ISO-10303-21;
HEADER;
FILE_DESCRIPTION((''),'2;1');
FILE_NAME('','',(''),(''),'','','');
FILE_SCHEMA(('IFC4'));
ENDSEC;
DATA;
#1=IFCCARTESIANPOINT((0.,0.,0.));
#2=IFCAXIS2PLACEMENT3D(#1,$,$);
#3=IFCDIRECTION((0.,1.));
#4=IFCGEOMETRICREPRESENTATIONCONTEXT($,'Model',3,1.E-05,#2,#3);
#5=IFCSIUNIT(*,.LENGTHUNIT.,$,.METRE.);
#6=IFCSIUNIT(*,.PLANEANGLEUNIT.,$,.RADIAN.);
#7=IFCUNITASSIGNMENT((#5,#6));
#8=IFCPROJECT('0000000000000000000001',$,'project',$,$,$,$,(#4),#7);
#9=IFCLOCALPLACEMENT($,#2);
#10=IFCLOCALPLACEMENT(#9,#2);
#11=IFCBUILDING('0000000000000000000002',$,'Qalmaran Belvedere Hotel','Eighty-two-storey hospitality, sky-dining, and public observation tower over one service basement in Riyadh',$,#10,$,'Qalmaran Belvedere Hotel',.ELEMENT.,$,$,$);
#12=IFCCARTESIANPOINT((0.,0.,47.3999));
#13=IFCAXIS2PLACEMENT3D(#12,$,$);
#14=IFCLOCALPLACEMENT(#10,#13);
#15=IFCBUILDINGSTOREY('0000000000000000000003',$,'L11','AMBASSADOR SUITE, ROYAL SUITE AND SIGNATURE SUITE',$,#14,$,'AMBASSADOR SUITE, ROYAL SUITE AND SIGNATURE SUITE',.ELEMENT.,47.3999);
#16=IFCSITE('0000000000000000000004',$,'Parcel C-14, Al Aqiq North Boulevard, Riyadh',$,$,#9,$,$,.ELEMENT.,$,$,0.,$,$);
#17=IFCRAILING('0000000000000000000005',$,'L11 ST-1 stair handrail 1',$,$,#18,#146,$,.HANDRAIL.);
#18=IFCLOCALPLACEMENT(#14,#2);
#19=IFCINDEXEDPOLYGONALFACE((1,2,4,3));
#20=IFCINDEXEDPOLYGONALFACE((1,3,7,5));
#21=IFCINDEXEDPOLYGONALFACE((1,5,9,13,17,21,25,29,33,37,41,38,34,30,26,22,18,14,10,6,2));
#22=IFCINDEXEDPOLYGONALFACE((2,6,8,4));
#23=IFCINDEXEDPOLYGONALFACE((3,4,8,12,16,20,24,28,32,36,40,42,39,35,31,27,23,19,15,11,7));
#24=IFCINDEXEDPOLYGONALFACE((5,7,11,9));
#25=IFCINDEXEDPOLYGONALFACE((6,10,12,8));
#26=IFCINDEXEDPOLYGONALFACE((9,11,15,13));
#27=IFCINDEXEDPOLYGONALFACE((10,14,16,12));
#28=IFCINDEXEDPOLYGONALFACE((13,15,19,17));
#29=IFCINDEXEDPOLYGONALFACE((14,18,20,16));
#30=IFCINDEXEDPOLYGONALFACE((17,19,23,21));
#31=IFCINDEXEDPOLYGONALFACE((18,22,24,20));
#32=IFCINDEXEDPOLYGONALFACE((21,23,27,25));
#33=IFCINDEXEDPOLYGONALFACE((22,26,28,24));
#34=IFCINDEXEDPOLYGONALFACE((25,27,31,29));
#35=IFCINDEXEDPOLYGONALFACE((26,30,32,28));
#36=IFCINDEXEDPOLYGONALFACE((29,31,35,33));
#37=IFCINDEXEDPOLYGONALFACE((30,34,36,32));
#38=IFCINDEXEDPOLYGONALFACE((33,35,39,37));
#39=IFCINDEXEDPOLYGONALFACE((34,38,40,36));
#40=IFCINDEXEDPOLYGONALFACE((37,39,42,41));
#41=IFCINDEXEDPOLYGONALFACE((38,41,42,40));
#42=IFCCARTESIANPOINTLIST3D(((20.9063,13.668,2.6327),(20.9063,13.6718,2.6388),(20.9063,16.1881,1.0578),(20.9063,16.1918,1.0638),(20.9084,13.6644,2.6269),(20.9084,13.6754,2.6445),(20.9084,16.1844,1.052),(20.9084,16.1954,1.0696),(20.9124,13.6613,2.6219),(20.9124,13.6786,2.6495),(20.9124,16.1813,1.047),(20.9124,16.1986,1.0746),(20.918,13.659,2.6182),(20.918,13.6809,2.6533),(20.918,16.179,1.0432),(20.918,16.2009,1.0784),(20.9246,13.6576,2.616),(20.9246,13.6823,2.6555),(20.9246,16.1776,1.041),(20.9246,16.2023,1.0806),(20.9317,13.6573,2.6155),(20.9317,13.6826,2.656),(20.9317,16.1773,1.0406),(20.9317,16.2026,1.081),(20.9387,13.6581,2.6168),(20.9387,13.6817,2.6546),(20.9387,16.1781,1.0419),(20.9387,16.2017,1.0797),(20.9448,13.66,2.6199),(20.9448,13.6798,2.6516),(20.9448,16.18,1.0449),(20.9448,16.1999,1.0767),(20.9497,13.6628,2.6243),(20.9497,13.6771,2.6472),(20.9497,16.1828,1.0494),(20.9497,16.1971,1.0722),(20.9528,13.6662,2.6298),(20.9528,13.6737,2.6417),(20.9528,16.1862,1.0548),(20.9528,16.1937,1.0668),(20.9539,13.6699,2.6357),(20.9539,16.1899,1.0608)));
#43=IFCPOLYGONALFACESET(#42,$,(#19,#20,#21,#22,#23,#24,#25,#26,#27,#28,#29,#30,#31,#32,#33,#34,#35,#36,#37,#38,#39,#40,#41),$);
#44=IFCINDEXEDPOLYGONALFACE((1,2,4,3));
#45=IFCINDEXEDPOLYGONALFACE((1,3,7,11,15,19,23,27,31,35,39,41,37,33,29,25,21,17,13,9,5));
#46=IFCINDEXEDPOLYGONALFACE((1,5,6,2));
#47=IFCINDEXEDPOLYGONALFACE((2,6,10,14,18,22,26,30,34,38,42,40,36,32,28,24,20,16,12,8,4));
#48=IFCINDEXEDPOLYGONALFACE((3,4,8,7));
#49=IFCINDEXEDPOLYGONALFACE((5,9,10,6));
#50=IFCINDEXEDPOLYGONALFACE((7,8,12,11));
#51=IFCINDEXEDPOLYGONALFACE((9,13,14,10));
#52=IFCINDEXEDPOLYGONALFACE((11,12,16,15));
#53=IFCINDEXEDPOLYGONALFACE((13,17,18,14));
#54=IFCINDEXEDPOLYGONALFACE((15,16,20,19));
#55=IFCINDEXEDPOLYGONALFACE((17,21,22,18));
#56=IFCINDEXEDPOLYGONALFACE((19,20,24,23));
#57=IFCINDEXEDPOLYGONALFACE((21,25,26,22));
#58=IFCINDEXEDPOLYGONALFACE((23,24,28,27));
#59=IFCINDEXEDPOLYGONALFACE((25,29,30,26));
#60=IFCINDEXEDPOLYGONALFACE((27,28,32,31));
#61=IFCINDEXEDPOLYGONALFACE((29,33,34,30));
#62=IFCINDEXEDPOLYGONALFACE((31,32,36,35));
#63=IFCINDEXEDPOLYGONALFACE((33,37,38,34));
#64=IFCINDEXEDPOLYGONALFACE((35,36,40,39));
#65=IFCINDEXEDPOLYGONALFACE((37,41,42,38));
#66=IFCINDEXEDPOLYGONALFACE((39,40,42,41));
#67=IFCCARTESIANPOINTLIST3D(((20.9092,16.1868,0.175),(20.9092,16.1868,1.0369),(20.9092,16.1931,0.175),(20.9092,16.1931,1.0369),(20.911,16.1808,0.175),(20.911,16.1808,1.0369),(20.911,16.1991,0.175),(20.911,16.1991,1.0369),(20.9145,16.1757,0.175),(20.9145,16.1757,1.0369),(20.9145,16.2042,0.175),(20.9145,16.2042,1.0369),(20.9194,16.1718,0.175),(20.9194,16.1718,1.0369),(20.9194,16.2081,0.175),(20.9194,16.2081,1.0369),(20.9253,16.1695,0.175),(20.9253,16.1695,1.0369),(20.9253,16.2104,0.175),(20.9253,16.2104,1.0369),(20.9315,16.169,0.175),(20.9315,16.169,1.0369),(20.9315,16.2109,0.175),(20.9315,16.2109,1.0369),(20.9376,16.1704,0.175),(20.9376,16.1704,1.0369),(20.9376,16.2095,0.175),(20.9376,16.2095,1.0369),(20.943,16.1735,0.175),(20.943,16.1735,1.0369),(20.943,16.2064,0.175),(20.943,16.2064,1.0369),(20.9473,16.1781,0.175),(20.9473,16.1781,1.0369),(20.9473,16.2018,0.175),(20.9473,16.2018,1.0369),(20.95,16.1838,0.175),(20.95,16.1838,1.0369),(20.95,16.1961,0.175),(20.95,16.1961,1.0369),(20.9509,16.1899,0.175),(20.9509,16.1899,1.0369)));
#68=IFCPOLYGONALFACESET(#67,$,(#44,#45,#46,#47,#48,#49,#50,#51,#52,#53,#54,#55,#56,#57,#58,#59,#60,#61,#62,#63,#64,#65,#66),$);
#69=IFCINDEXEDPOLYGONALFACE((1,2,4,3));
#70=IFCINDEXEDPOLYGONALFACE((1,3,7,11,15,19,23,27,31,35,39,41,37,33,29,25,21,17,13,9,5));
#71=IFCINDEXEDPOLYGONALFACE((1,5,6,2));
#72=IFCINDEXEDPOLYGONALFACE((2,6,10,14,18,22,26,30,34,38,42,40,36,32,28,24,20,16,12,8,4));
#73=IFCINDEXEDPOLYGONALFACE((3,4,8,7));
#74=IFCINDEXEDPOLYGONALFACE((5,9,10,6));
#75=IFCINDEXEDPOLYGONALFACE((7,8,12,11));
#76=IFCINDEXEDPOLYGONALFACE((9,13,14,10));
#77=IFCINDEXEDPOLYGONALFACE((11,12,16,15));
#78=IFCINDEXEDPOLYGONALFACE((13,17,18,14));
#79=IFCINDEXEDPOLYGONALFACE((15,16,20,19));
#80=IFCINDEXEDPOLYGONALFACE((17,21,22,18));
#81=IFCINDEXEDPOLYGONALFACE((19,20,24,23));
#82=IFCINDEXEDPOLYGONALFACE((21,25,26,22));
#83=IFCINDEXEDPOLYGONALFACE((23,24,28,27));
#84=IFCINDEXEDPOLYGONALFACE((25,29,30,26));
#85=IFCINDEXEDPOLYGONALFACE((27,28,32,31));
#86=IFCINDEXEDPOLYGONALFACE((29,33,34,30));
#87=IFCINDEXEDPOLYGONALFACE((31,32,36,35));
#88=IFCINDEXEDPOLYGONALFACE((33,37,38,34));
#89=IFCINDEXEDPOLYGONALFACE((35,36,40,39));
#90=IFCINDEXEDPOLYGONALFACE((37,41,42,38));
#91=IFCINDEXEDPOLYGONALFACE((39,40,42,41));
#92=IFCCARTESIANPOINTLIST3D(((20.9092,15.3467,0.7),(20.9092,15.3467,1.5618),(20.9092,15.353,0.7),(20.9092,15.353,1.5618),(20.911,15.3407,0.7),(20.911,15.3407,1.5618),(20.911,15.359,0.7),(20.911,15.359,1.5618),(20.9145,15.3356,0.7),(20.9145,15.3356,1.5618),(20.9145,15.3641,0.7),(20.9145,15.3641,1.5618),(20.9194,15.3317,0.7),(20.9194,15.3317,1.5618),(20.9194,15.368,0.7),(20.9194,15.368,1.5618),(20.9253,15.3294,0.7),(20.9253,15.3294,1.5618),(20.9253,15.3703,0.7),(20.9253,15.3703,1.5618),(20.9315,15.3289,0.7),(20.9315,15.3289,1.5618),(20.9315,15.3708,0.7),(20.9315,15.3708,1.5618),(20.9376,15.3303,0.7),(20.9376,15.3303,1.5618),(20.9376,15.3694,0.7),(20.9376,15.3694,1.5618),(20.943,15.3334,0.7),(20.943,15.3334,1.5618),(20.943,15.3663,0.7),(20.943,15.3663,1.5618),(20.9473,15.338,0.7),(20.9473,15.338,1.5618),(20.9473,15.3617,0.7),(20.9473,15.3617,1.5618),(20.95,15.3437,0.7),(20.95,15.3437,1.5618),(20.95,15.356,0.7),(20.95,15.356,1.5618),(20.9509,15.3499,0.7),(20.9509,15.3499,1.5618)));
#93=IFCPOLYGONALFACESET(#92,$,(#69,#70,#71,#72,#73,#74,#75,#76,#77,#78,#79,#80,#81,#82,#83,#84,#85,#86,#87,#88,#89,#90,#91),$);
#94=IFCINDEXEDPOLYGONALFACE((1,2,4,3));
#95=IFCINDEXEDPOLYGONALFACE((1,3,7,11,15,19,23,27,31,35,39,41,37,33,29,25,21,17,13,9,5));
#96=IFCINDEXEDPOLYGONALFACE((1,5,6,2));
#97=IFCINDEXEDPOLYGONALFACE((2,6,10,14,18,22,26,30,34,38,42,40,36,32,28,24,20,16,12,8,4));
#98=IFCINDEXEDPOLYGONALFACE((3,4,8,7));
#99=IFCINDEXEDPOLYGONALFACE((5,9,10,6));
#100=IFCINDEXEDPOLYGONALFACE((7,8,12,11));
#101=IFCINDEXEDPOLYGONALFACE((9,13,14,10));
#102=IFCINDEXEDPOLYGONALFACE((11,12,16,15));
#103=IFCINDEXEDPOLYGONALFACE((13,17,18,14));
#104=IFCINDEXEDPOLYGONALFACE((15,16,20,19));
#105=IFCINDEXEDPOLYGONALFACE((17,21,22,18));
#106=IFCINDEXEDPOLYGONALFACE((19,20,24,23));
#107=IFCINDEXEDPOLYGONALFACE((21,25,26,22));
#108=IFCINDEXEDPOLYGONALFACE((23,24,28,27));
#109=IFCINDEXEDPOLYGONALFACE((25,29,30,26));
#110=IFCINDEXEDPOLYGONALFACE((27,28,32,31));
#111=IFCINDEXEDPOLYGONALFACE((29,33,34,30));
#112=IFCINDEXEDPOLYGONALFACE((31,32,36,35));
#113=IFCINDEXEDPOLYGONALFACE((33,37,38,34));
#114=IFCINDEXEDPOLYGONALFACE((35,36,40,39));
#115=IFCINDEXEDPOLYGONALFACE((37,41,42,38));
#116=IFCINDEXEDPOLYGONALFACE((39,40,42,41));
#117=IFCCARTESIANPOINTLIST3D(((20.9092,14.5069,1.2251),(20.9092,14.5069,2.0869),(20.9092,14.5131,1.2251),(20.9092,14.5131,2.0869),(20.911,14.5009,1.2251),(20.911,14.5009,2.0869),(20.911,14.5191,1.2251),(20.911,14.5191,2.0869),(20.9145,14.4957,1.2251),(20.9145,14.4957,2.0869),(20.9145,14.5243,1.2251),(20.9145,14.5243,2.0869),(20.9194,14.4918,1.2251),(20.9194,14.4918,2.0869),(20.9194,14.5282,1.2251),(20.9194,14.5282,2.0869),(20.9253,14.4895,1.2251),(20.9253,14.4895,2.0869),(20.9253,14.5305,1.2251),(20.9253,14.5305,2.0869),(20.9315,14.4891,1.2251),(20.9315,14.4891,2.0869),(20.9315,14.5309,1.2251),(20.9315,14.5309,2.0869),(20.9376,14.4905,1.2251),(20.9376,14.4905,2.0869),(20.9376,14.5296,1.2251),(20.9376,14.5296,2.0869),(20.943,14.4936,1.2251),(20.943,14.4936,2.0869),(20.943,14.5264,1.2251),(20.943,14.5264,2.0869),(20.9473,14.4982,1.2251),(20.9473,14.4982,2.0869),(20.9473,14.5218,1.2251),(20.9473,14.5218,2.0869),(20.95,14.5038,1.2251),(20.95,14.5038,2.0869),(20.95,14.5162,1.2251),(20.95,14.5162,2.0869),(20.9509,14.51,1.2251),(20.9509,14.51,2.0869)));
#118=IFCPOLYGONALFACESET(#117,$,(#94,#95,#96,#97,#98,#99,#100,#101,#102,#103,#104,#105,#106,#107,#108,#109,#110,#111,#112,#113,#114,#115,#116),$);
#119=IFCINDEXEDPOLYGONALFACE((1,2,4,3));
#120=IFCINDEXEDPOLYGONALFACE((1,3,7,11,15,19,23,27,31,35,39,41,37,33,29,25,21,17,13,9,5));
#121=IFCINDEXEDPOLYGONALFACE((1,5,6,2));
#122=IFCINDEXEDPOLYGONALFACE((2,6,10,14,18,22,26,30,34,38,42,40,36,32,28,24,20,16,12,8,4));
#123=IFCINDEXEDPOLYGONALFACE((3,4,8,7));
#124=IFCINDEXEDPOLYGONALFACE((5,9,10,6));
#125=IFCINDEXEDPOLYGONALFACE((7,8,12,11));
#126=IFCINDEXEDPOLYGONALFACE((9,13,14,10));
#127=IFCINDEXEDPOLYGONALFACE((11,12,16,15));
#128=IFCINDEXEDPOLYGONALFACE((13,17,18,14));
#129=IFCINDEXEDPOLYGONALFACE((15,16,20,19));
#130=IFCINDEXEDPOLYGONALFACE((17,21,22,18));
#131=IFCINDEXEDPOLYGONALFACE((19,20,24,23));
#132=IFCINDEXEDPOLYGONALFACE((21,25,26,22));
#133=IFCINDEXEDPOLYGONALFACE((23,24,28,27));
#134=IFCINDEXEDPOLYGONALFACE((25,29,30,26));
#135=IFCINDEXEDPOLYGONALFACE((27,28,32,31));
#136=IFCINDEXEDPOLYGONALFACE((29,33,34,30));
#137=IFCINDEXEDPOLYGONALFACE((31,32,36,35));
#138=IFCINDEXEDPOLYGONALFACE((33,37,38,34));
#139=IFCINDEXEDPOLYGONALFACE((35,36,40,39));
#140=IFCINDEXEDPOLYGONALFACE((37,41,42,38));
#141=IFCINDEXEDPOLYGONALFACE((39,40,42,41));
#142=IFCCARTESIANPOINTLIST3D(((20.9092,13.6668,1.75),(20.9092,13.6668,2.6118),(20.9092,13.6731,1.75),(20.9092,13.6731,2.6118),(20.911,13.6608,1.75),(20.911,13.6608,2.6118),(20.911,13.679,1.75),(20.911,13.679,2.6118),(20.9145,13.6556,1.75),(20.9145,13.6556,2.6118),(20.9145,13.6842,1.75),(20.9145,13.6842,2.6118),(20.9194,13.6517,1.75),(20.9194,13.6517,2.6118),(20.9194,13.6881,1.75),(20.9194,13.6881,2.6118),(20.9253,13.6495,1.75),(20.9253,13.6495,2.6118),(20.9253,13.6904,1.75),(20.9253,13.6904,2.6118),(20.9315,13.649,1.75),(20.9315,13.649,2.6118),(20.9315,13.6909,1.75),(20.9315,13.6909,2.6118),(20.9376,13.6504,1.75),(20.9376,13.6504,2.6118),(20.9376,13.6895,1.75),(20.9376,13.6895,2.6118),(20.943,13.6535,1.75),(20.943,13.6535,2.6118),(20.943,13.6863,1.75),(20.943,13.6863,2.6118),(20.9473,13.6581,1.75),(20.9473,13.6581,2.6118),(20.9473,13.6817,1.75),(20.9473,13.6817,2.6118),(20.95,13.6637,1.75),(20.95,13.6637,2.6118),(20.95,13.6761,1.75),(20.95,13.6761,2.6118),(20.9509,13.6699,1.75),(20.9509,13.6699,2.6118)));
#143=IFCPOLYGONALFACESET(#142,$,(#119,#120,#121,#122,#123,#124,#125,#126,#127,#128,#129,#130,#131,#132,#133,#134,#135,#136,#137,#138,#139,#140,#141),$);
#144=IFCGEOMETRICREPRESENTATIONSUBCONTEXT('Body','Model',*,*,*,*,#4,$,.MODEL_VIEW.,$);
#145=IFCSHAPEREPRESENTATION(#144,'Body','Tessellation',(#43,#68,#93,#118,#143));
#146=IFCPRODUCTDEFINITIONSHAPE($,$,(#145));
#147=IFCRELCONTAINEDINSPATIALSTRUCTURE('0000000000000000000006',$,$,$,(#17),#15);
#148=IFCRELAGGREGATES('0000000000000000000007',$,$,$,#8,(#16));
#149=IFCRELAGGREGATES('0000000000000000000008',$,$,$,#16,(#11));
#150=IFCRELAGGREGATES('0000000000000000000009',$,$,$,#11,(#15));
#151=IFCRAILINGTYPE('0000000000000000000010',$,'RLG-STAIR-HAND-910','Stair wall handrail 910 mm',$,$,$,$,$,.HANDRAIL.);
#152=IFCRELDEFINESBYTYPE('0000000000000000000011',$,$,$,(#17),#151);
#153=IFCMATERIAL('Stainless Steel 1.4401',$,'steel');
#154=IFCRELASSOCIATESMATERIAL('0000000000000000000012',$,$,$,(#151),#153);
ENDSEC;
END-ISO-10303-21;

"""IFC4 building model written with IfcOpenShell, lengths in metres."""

from ifc_helpers import new_model, si_unit, direction, frame, origin, origin_2d, place, context, subcontext, project, spatial, circle, extrude, material, type_object, element, save


model = new_model("IFC4")

# Units and contexts
model_context = context("Model", 3, precision=1e-05, world=origin(), true_north=direction((0.0, 1.0)))
body_context = subcontext(model_context, "Body", "Model", "MODEL_VIEW")
ifc_project = project(units=[si_unit("LENGTHUNIT", "METRE"), si_unit("PLANEANGLEUNIT", "RADIAN")], contexts=[model_context])

# Site, building, storey
site_placement = place(None, origin())
site = spatial("IfcSite", under=ifc_project, at=site_placement, Name="Parcel C-14, Al Aqiq North Boulevard, Riyadh", CompositionType="ELEMENT", RefElevation=0.0)
building_placement = place(site_placement, origin())
building = spatial("IfcBuilding", under=site, at=building_placement, Name="Qalmaran Belvedere Hotel", Description="Eighty-two-storey hospitality, sky-dining, and public observation tower over one service basement in Riyadh", LongName="Qalmaran Belvedere Hotel", CompositionType="ELEMENT")
storey_placement = place(building_placement, frame((0.0, 0.0, 47.3999)))
storey = spatial("IfcBuildingStorey", under=building, at=storey_placement, Name="L11", Description="AMBASSADOR SUITE, ROYAL SUITE AND SIGNATURE SUITE", LongName="AMBASSADOR SUITE, ROYAL SUITE AND SIGNATURE SUITE", CompositionType="ELEMENT", Elevation=47.3999)

# Shared definitions
ifc_material_1 = material(Name="Stainless Steel 1.4401", Category="steel")

# Railing
railing_type_1 = type_object("IfcRailingType", Name="RLG-STAIR-HAND-910", Description="Stair wall handrail 910 mm", PredefinedType="HANDRAIL", material=ifc_material_1)
railing_1_placement = place(storey_placement, frame((20.9299, 16.1899, 0.175)))
element("IfcRailing", 1, at=railing_1_placement, inside=storey, type_object=railing_type_1, Name="L11 ST-1 stair handrail 1", PredefinedType="HANDRAIL", context=body_context, shape_type="SweptSolid", body=[
    extrude(circle(Radius=0.0239, at=origin_2d()), frame((0.0, 0.0, 0.8857), z_axis=(0.0, -0.848008, 0.529984), x_axis=(1.0, 0.0, 0.0)), (0.0, 0.0, 1.0), 2.9717),
    extrude(circle(Radius=0.021, at=origin_2d()), origin(), (0.0, 0.0, 1.0), 0.8618),
    extrude(circle(Radius=0.021, at=origin_2d()), frame((0.0, -0.8401, 0.5249)), (0.0, 0.0, 1.0), 0.8618),
    extrude(circle(Radius=0.021, at=origin_2d()), frame((0.0, -1.6799, 1.05)), (0.0, 0.0, 1.0), 0.8618),
    extrude(circle(Radius=0.021, at=origin_2d()), frame((0.0, -2.52, 1.575)), (0.0, 0.0, 1.0), 0.8618),
])

save(model, "model.ifc")
